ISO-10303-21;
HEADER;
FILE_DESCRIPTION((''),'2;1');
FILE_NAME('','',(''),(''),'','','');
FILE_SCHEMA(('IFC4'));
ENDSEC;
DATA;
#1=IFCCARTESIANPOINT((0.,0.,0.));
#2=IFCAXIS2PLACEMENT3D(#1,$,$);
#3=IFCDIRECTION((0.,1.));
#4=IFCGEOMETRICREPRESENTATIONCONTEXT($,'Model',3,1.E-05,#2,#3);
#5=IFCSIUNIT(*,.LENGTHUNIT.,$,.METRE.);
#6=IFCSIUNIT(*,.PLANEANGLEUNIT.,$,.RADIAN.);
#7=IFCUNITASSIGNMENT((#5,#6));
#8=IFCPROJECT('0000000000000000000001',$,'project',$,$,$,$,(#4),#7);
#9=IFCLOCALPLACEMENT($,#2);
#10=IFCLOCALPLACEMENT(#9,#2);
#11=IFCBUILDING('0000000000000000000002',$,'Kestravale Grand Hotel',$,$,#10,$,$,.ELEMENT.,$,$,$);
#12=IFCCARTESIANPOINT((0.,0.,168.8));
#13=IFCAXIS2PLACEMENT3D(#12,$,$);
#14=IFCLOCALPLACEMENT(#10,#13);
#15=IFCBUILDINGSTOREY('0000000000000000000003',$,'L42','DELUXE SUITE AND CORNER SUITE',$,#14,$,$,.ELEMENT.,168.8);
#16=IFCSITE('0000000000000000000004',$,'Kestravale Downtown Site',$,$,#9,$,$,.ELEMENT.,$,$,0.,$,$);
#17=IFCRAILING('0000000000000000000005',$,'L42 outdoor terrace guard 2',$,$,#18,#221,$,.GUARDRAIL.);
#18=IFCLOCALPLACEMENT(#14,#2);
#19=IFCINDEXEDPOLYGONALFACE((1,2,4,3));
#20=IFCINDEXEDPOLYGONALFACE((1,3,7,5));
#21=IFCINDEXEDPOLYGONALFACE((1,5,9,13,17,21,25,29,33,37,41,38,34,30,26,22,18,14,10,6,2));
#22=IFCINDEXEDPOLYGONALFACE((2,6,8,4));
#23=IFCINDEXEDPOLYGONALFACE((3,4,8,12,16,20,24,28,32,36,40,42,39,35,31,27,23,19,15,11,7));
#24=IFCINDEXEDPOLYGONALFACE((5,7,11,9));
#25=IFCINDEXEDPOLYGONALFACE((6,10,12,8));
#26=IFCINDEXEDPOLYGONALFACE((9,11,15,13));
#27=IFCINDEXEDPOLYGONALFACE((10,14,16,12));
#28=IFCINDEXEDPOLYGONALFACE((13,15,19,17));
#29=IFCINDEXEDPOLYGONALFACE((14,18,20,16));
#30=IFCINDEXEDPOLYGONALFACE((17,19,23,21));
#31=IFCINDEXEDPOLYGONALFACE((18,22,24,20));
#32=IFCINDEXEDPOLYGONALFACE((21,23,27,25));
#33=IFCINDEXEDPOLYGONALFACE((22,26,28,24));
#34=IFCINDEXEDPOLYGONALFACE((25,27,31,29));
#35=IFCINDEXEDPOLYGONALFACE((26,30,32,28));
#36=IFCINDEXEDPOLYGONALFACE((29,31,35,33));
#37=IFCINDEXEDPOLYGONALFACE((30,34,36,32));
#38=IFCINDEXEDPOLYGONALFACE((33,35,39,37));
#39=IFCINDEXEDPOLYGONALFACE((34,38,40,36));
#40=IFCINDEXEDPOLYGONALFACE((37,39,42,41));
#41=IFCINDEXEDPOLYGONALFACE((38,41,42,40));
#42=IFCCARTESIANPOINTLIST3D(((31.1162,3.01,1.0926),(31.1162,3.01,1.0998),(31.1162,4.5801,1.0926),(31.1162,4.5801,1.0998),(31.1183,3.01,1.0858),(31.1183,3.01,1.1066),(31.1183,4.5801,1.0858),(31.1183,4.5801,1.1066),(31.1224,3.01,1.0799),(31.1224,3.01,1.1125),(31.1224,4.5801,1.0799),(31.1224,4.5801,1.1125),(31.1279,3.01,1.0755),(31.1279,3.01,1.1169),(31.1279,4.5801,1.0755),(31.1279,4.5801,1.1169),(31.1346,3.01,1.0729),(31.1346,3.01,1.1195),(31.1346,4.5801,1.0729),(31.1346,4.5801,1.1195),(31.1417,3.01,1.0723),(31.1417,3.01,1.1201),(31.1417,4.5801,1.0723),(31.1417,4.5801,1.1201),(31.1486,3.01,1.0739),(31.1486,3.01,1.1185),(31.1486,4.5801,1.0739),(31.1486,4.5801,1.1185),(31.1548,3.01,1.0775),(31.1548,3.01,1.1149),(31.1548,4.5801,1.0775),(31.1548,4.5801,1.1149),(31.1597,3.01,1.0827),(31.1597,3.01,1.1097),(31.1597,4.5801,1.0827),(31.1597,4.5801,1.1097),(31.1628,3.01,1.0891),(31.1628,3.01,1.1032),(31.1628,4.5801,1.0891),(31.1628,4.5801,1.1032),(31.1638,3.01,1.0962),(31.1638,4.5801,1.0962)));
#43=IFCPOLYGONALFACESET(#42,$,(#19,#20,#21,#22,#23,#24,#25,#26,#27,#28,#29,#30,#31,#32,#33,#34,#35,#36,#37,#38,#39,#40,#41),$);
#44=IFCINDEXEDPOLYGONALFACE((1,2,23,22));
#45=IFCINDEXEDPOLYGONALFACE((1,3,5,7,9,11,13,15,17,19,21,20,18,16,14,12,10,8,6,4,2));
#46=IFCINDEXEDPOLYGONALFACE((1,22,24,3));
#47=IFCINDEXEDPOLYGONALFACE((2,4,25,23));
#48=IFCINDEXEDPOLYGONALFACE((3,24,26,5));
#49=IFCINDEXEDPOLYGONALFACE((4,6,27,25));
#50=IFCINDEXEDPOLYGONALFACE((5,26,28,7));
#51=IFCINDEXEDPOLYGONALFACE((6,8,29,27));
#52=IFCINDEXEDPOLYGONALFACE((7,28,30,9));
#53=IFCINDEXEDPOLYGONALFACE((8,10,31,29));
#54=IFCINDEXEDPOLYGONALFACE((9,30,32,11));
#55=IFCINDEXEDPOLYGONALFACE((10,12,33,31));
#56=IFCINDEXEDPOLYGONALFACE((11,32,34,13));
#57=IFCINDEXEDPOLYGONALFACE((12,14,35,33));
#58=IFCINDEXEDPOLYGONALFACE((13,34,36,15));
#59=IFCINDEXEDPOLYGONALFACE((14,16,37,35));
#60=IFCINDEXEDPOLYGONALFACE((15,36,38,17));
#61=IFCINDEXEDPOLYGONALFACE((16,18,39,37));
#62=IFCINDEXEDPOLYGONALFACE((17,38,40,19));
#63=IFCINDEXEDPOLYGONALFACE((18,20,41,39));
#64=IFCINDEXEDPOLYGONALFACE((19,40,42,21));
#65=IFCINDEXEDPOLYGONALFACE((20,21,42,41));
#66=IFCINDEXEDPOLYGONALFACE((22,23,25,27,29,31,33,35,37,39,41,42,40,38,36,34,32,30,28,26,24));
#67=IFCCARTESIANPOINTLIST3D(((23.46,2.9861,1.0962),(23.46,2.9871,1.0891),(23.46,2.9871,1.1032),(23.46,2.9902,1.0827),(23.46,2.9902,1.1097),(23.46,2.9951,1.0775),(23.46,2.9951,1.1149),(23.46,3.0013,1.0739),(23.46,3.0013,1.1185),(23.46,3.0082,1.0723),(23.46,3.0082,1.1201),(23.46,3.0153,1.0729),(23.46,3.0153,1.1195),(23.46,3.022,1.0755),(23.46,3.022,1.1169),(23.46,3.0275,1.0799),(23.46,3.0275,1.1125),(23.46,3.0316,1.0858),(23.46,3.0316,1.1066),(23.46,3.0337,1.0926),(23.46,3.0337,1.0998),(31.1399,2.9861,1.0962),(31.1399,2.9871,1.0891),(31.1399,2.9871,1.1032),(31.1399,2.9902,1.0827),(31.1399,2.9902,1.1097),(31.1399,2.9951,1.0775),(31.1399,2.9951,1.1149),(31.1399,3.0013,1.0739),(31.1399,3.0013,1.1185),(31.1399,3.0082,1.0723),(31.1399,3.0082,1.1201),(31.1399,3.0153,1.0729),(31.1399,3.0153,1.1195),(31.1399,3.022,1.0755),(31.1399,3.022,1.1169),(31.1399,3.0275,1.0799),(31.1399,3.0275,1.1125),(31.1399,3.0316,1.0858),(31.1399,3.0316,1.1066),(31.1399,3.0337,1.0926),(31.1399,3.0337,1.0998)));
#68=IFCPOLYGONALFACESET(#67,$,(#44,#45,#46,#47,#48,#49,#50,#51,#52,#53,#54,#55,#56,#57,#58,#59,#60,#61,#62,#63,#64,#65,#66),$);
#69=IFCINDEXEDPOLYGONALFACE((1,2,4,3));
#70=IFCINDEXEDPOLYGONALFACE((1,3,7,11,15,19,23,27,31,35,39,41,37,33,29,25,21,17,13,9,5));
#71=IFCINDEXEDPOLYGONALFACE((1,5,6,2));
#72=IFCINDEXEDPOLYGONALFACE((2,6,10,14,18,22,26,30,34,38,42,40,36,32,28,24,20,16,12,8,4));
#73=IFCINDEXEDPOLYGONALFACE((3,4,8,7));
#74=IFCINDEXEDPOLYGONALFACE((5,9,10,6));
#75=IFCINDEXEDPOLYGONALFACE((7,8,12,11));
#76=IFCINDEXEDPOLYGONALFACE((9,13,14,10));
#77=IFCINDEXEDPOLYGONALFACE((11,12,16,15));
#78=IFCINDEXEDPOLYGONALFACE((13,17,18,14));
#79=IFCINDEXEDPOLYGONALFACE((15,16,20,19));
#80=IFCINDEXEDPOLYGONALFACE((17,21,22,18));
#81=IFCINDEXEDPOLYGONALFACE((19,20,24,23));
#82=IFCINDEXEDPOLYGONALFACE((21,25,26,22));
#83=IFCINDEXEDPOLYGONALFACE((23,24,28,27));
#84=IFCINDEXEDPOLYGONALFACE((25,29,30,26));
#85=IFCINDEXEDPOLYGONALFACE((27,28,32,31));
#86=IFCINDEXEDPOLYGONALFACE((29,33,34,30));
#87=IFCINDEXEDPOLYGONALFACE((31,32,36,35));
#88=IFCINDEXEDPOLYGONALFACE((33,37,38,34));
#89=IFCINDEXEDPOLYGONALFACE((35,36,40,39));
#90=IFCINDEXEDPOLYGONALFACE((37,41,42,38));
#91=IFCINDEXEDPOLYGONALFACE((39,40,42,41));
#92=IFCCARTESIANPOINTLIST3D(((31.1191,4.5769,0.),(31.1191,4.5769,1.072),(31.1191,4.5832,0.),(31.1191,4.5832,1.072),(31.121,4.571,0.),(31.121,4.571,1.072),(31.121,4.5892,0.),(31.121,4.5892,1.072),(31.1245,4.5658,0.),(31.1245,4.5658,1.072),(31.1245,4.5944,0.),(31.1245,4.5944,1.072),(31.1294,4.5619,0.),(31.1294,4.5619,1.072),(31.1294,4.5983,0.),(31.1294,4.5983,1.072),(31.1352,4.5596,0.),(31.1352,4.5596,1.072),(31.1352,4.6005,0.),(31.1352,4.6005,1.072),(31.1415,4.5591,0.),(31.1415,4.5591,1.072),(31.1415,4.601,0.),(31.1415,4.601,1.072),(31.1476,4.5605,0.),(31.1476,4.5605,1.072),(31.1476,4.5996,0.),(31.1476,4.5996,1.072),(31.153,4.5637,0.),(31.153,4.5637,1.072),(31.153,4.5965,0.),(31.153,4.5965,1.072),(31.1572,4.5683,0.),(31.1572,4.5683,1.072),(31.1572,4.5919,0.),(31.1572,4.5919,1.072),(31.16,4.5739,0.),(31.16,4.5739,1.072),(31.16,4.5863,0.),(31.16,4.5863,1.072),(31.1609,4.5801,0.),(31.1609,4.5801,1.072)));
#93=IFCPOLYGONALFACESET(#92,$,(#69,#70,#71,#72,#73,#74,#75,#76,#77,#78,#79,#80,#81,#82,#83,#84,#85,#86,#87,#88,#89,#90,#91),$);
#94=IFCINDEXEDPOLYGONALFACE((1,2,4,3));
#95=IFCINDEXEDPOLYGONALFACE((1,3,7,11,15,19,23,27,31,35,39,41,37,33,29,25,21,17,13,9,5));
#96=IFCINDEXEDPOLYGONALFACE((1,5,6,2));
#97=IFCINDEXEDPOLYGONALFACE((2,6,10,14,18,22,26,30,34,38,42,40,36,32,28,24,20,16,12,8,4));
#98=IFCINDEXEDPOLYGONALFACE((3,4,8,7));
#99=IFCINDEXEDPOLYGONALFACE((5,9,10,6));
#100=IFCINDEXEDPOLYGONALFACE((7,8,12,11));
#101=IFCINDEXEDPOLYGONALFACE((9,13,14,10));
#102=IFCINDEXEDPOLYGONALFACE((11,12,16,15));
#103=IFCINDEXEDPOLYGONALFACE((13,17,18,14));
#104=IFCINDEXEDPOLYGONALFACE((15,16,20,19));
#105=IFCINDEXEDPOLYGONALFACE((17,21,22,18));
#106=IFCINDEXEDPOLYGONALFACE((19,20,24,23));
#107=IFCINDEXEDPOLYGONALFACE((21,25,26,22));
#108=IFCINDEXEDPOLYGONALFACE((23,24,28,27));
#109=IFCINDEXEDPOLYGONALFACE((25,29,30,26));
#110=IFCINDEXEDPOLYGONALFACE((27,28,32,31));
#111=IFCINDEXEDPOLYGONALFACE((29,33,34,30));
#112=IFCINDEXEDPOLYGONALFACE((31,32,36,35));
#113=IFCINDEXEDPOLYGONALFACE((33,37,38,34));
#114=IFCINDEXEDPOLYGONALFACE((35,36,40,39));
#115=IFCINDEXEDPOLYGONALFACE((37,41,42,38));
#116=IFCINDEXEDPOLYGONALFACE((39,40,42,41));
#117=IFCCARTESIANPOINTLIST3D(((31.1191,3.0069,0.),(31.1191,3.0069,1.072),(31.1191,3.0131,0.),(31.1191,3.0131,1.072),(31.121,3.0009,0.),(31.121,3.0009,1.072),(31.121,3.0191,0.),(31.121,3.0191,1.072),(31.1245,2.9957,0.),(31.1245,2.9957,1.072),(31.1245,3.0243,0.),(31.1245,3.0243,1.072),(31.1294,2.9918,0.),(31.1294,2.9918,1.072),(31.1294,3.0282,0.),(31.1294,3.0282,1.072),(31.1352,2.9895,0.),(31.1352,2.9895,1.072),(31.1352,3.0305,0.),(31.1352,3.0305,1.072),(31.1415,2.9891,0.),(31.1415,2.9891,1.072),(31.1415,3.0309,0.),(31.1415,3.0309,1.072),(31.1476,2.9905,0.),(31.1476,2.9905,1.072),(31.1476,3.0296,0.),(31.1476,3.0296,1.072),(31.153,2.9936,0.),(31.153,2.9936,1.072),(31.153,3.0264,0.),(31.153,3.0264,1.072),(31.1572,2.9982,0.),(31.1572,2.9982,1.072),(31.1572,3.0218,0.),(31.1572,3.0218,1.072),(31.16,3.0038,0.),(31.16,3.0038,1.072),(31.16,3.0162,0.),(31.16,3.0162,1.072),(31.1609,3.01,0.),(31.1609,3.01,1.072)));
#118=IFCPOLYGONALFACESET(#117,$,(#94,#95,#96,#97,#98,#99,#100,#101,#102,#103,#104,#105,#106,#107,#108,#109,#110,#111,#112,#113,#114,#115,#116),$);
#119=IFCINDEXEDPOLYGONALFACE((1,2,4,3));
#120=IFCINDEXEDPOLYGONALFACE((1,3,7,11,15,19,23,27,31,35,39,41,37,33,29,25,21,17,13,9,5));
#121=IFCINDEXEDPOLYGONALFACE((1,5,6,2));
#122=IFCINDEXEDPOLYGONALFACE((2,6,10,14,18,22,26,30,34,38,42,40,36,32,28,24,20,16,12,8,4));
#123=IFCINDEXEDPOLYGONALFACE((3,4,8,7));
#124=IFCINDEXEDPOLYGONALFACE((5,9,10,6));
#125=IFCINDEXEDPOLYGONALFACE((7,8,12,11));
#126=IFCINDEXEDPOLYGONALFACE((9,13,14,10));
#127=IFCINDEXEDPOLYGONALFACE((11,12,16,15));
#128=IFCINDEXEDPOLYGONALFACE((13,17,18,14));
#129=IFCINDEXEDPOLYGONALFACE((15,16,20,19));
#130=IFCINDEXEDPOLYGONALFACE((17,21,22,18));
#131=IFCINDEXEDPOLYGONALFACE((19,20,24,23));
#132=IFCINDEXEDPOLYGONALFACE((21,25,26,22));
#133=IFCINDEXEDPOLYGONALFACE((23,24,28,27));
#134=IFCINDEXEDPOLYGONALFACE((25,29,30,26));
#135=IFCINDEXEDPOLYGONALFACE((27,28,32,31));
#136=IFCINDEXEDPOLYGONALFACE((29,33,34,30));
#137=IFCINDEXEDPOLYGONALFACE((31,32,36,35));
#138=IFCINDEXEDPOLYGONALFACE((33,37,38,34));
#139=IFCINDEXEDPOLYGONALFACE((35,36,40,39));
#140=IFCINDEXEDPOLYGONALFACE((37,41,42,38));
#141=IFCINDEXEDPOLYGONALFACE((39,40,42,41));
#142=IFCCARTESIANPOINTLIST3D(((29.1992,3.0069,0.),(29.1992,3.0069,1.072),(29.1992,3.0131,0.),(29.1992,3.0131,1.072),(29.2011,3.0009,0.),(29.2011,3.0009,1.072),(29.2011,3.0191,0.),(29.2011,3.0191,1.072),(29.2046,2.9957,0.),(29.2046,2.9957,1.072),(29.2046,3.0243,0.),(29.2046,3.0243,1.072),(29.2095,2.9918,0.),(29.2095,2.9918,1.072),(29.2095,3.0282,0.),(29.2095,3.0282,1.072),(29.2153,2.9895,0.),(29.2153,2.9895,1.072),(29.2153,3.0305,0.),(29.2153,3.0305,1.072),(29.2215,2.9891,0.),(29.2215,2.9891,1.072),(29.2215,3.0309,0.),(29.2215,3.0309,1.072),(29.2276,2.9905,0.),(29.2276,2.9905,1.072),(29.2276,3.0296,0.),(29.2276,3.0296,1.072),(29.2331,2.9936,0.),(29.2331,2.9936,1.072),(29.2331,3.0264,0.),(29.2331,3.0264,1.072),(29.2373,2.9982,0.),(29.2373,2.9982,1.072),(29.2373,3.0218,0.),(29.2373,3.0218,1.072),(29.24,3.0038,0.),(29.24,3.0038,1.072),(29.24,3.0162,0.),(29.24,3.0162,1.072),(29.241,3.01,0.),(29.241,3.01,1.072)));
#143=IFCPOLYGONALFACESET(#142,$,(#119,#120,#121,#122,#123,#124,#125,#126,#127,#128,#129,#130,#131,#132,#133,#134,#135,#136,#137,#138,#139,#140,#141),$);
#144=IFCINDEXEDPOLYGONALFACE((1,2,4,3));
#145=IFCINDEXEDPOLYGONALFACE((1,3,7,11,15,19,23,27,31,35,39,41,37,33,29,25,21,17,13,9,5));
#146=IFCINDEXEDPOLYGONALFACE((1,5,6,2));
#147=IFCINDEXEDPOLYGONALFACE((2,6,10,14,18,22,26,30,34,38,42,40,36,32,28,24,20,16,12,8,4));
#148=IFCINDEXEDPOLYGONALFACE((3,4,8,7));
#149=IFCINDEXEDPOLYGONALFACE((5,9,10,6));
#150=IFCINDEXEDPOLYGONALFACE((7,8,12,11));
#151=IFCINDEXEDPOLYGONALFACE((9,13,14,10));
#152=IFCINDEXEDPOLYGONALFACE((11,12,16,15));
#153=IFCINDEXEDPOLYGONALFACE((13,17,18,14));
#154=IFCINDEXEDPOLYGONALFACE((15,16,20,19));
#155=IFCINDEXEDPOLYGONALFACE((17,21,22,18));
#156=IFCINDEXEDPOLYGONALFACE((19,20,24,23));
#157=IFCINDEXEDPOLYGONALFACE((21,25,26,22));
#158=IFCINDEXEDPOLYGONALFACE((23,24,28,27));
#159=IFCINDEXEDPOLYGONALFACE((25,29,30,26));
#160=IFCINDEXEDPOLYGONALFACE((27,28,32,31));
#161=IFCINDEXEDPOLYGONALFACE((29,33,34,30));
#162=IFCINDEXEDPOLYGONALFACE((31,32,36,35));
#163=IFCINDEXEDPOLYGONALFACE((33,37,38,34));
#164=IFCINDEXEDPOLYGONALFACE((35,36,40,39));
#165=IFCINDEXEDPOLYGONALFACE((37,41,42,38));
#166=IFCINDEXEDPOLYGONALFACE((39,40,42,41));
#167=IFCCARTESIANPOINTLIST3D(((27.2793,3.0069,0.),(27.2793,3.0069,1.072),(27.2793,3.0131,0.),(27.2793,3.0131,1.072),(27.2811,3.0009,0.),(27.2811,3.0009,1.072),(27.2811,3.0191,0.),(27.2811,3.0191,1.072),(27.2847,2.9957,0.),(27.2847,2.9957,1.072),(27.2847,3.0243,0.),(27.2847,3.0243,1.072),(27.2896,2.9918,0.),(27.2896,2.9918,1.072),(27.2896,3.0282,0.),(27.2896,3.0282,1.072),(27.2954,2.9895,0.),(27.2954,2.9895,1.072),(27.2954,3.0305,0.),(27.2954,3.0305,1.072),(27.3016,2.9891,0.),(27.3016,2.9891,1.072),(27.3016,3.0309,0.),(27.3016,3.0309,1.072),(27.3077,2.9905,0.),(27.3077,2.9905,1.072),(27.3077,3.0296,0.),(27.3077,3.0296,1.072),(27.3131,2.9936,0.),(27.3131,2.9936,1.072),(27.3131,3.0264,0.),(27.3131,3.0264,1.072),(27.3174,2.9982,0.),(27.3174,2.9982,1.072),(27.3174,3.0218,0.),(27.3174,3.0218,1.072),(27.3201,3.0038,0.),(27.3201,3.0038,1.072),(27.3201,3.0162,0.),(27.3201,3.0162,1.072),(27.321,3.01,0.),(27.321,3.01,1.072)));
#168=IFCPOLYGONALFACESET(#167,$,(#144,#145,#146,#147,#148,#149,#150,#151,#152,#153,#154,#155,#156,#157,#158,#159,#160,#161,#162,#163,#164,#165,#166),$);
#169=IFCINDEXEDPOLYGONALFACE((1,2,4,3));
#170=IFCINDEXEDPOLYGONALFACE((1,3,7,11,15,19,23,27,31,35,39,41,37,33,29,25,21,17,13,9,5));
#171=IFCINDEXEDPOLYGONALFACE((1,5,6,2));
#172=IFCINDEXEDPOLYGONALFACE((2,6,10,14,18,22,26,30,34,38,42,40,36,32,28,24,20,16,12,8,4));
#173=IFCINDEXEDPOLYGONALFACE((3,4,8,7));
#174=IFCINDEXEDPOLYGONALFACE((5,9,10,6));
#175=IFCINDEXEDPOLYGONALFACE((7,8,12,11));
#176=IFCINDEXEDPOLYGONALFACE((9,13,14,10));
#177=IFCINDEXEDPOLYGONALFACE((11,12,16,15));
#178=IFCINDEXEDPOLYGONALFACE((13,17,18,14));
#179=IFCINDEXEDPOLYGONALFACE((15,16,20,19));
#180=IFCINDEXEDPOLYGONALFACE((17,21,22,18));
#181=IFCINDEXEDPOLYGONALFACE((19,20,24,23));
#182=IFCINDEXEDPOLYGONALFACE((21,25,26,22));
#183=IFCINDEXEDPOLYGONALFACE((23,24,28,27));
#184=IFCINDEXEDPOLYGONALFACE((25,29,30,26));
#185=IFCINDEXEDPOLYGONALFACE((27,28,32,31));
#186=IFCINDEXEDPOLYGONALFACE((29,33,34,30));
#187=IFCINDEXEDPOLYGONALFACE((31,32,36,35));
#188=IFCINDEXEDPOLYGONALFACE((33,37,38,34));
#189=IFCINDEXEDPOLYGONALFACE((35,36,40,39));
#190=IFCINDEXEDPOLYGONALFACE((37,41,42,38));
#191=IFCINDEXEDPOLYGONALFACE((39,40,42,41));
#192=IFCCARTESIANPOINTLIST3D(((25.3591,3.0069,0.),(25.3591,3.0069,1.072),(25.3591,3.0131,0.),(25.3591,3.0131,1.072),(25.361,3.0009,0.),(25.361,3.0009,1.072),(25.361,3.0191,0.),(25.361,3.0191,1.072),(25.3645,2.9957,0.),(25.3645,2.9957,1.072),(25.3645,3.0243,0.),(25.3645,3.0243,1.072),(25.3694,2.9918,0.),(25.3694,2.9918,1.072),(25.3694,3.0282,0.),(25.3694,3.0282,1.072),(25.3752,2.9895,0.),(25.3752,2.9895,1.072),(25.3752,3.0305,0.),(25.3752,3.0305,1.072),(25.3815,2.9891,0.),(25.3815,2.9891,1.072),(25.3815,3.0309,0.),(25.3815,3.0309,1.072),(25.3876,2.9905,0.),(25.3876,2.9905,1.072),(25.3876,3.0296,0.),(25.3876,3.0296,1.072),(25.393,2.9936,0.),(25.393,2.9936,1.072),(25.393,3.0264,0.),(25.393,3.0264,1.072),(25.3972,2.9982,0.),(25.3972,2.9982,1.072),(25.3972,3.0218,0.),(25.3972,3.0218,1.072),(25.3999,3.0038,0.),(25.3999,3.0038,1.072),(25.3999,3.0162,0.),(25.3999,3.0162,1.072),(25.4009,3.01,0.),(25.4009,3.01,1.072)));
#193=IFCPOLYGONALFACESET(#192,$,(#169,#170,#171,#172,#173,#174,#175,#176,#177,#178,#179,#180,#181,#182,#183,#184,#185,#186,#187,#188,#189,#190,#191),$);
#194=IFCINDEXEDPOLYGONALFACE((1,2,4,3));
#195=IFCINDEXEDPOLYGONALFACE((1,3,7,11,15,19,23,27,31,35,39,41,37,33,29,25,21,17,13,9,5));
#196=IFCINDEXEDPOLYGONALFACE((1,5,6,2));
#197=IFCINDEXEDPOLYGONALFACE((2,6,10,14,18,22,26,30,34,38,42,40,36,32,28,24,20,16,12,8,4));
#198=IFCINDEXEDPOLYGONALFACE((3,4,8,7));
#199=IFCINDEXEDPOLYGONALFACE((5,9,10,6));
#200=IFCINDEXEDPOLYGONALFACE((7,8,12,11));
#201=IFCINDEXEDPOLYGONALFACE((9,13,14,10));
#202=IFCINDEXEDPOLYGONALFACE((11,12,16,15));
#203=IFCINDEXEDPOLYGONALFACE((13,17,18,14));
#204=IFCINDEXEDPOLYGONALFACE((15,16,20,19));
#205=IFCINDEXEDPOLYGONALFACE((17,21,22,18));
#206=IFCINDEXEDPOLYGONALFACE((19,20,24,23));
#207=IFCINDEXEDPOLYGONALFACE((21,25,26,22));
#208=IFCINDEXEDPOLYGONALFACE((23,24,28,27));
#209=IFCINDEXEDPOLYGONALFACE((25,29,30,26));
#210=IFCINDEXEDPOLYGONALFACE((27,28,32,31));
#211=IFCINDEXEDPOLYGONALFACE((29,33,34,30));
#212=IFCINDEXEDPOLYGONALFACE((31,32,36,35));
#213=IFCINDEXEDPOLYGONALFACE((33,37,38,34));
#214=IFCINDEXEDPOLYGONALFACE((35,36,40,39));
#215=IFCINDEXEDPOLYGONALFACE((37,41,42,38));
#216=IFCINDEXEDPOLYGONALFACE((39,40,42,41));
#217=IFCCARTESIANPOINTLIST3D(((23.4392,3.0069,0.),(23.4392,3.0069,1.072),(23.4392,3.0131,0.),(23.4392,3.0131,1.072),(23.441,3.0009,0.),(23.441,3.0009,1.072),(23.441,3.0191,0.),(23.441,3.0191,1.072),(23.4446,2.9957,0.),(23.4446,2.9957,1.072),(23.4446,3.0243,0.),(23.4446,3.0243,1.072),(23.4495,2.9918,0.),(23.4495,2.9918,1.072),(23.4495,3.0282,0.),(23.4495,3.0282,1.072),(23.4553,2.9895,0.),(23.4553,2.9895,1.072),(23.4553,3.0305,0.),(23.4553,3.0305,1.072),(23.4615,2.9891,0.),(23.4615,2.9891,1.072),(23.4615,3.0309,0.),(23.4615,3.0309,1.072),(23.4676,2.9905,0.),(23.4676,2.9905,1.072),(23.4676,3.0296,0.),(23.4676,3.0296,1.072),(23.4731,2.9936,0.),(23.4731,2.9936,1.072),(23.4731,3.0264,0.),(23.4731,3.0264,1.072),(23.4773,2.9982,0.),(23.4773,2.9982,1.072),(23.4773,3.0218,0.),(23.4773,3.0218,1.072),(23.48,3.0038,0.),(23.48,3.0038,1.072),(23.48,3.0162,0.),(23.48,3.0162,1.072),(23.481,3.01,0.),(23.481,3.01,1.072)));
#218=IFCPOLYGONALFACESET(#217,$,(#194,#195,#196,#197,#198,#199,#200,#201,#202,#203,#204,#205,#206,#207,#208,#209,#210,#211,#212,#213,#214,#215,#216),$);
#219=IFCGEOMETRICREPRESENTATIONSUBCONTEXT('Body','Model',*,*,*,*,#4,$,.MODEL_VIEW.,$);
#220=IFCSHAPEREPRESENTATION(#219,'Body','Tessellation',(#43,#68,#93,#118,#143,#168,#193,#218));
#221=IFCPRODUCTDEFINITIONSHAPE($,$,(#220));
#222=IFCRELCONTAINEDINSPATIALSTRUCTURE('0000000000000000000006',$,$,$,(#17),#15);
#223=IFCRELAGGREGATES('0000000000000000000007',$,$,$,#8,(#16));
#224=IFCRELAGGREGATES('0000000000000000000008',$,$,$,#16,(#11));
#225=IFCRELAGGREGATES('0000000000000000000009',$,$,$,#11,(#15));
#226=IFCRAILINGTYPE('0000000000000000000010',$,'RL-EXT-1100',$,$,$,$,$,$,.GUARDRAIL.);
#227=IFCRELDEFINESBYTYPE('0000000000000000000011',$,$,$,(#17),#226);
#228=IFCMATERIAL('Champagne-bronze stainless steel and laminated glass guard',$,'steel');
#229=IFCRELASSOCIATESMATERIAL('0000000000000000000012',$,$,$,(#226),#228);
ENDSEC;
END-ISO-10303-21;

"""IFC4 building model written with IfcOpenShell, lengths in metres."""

from ifc_helpers import new_model, si_unit, direction, frame, origin, origin_2d, place, context, subcontext, project, spatial, circle, extrude, material, type_object, element, save


model = new_model("IFC4")

# Units and contexts
model_context = context("Model", 3, precision=1e-05, world=origin(), true_north=direction((0.0, 1.0)))
body_context = subcontext(model_context, "Body", "Model", "MODEL_VIEW")
ifc_project = project(units=[si_unit("LENGTHUNIT", "METRE"), si_unit("PLANEANGLEUNIT", "RADIAN")], contexts=[model_context])

# Site, building, storey
site_placement = place(None, origin())
site = spatial("IfcSite", under=ifc_project, at=site_placement, Name="Kestravale Downtown Site", CompositionType="ELEMENT", RefElevation=0.0)
building_placement = place(site_placement, origin())
building = spatial("IfcBuilding", under=site, at=building_placement, Name="Kestravale Grand Hotel", CompositionType="ELEMENT")
storey_placement = place(building_placement, frame((0.0, 0.0, 168.8)))
storey = spatial("IfcBuildingStorey", under=building, at=storey_placement, Name="L42", Description="DELUXE SUITE AND CORNER SUITE", CompositionType="ELEMENT", Elevation=168.8)

# Railing
ifc_material_1 = material(Name="Champagne-bronze stainless steel and laminated glass guard", Category="steel")
railing_type = type_object("IfcRailingType", Name="RL-EXT-1100", PredefinedType="GUARDRAIL", material=ifc_material_1)
railing_1_placement = place(storey_placement, frame((31.1399, 4.5801, 0.0)))
element("IfcRailing", 1, at=railing_1_placement, inside=storey, type_object=railing_type, Name="L42 outdoor terrace guard 2", PredefinedType="GUARDRAIL", context=body_context, shape_type="SweptSolid", body=[
    extrude(circle(Radius=0.0239, at=origin_2d()), frame((0.0, 0.0, 1.0962), z_axis=(0.0, -1.0, 0.0), x_axis=(1.0, 0.0, 0.0)), (0.0, 0.0, 1.0), 1.5701),
    extrude(circle(Radius=0.0239, at=origin_2d()), frame((0.0, -1.5701, 1.0962), z_axis=(-1.0, 0.0, 0.0), x_axis=(0.0, -1.0, 0.0)), (0.0, 0.0, 1.0), 7.6799),
    extrude(circle(Radius=0.021, at=origin_2d()), origin(), (0.0, 0.0, 1.0), 1.072),
    extrude(circle(Radius=0.021, at=origin_2d()), frame((0.0, -1.5701, 0.0)), (0.0, 0.0, 1.0), 1.072),
    extrude(circle(Radius=0.021, at=origin_2d()), frame((-1.9199, -1.5701, 0.0)), (0.0, 0.0, 1.0), 1.072),
    extrude(circle(Radius=0.021, at=origin_2d()), frame((-3.8398, -1.5701, 0.0)), (0.0, 0.0, 1.0), 1.072),
    extrude(circle(Radius=0.021, at=origin_2d()), frame((-5.76, -1.5701, 0.0)), (0.0, 0.0, 1.0), 1.072),
    extrude(circle(Radius=0.021, at=origin_2d()), frame((-7.6799, -1.5701, 0.0)), (0.0, 0.0, 1.0), 1.072),
])

save(model, "model.ifc")
